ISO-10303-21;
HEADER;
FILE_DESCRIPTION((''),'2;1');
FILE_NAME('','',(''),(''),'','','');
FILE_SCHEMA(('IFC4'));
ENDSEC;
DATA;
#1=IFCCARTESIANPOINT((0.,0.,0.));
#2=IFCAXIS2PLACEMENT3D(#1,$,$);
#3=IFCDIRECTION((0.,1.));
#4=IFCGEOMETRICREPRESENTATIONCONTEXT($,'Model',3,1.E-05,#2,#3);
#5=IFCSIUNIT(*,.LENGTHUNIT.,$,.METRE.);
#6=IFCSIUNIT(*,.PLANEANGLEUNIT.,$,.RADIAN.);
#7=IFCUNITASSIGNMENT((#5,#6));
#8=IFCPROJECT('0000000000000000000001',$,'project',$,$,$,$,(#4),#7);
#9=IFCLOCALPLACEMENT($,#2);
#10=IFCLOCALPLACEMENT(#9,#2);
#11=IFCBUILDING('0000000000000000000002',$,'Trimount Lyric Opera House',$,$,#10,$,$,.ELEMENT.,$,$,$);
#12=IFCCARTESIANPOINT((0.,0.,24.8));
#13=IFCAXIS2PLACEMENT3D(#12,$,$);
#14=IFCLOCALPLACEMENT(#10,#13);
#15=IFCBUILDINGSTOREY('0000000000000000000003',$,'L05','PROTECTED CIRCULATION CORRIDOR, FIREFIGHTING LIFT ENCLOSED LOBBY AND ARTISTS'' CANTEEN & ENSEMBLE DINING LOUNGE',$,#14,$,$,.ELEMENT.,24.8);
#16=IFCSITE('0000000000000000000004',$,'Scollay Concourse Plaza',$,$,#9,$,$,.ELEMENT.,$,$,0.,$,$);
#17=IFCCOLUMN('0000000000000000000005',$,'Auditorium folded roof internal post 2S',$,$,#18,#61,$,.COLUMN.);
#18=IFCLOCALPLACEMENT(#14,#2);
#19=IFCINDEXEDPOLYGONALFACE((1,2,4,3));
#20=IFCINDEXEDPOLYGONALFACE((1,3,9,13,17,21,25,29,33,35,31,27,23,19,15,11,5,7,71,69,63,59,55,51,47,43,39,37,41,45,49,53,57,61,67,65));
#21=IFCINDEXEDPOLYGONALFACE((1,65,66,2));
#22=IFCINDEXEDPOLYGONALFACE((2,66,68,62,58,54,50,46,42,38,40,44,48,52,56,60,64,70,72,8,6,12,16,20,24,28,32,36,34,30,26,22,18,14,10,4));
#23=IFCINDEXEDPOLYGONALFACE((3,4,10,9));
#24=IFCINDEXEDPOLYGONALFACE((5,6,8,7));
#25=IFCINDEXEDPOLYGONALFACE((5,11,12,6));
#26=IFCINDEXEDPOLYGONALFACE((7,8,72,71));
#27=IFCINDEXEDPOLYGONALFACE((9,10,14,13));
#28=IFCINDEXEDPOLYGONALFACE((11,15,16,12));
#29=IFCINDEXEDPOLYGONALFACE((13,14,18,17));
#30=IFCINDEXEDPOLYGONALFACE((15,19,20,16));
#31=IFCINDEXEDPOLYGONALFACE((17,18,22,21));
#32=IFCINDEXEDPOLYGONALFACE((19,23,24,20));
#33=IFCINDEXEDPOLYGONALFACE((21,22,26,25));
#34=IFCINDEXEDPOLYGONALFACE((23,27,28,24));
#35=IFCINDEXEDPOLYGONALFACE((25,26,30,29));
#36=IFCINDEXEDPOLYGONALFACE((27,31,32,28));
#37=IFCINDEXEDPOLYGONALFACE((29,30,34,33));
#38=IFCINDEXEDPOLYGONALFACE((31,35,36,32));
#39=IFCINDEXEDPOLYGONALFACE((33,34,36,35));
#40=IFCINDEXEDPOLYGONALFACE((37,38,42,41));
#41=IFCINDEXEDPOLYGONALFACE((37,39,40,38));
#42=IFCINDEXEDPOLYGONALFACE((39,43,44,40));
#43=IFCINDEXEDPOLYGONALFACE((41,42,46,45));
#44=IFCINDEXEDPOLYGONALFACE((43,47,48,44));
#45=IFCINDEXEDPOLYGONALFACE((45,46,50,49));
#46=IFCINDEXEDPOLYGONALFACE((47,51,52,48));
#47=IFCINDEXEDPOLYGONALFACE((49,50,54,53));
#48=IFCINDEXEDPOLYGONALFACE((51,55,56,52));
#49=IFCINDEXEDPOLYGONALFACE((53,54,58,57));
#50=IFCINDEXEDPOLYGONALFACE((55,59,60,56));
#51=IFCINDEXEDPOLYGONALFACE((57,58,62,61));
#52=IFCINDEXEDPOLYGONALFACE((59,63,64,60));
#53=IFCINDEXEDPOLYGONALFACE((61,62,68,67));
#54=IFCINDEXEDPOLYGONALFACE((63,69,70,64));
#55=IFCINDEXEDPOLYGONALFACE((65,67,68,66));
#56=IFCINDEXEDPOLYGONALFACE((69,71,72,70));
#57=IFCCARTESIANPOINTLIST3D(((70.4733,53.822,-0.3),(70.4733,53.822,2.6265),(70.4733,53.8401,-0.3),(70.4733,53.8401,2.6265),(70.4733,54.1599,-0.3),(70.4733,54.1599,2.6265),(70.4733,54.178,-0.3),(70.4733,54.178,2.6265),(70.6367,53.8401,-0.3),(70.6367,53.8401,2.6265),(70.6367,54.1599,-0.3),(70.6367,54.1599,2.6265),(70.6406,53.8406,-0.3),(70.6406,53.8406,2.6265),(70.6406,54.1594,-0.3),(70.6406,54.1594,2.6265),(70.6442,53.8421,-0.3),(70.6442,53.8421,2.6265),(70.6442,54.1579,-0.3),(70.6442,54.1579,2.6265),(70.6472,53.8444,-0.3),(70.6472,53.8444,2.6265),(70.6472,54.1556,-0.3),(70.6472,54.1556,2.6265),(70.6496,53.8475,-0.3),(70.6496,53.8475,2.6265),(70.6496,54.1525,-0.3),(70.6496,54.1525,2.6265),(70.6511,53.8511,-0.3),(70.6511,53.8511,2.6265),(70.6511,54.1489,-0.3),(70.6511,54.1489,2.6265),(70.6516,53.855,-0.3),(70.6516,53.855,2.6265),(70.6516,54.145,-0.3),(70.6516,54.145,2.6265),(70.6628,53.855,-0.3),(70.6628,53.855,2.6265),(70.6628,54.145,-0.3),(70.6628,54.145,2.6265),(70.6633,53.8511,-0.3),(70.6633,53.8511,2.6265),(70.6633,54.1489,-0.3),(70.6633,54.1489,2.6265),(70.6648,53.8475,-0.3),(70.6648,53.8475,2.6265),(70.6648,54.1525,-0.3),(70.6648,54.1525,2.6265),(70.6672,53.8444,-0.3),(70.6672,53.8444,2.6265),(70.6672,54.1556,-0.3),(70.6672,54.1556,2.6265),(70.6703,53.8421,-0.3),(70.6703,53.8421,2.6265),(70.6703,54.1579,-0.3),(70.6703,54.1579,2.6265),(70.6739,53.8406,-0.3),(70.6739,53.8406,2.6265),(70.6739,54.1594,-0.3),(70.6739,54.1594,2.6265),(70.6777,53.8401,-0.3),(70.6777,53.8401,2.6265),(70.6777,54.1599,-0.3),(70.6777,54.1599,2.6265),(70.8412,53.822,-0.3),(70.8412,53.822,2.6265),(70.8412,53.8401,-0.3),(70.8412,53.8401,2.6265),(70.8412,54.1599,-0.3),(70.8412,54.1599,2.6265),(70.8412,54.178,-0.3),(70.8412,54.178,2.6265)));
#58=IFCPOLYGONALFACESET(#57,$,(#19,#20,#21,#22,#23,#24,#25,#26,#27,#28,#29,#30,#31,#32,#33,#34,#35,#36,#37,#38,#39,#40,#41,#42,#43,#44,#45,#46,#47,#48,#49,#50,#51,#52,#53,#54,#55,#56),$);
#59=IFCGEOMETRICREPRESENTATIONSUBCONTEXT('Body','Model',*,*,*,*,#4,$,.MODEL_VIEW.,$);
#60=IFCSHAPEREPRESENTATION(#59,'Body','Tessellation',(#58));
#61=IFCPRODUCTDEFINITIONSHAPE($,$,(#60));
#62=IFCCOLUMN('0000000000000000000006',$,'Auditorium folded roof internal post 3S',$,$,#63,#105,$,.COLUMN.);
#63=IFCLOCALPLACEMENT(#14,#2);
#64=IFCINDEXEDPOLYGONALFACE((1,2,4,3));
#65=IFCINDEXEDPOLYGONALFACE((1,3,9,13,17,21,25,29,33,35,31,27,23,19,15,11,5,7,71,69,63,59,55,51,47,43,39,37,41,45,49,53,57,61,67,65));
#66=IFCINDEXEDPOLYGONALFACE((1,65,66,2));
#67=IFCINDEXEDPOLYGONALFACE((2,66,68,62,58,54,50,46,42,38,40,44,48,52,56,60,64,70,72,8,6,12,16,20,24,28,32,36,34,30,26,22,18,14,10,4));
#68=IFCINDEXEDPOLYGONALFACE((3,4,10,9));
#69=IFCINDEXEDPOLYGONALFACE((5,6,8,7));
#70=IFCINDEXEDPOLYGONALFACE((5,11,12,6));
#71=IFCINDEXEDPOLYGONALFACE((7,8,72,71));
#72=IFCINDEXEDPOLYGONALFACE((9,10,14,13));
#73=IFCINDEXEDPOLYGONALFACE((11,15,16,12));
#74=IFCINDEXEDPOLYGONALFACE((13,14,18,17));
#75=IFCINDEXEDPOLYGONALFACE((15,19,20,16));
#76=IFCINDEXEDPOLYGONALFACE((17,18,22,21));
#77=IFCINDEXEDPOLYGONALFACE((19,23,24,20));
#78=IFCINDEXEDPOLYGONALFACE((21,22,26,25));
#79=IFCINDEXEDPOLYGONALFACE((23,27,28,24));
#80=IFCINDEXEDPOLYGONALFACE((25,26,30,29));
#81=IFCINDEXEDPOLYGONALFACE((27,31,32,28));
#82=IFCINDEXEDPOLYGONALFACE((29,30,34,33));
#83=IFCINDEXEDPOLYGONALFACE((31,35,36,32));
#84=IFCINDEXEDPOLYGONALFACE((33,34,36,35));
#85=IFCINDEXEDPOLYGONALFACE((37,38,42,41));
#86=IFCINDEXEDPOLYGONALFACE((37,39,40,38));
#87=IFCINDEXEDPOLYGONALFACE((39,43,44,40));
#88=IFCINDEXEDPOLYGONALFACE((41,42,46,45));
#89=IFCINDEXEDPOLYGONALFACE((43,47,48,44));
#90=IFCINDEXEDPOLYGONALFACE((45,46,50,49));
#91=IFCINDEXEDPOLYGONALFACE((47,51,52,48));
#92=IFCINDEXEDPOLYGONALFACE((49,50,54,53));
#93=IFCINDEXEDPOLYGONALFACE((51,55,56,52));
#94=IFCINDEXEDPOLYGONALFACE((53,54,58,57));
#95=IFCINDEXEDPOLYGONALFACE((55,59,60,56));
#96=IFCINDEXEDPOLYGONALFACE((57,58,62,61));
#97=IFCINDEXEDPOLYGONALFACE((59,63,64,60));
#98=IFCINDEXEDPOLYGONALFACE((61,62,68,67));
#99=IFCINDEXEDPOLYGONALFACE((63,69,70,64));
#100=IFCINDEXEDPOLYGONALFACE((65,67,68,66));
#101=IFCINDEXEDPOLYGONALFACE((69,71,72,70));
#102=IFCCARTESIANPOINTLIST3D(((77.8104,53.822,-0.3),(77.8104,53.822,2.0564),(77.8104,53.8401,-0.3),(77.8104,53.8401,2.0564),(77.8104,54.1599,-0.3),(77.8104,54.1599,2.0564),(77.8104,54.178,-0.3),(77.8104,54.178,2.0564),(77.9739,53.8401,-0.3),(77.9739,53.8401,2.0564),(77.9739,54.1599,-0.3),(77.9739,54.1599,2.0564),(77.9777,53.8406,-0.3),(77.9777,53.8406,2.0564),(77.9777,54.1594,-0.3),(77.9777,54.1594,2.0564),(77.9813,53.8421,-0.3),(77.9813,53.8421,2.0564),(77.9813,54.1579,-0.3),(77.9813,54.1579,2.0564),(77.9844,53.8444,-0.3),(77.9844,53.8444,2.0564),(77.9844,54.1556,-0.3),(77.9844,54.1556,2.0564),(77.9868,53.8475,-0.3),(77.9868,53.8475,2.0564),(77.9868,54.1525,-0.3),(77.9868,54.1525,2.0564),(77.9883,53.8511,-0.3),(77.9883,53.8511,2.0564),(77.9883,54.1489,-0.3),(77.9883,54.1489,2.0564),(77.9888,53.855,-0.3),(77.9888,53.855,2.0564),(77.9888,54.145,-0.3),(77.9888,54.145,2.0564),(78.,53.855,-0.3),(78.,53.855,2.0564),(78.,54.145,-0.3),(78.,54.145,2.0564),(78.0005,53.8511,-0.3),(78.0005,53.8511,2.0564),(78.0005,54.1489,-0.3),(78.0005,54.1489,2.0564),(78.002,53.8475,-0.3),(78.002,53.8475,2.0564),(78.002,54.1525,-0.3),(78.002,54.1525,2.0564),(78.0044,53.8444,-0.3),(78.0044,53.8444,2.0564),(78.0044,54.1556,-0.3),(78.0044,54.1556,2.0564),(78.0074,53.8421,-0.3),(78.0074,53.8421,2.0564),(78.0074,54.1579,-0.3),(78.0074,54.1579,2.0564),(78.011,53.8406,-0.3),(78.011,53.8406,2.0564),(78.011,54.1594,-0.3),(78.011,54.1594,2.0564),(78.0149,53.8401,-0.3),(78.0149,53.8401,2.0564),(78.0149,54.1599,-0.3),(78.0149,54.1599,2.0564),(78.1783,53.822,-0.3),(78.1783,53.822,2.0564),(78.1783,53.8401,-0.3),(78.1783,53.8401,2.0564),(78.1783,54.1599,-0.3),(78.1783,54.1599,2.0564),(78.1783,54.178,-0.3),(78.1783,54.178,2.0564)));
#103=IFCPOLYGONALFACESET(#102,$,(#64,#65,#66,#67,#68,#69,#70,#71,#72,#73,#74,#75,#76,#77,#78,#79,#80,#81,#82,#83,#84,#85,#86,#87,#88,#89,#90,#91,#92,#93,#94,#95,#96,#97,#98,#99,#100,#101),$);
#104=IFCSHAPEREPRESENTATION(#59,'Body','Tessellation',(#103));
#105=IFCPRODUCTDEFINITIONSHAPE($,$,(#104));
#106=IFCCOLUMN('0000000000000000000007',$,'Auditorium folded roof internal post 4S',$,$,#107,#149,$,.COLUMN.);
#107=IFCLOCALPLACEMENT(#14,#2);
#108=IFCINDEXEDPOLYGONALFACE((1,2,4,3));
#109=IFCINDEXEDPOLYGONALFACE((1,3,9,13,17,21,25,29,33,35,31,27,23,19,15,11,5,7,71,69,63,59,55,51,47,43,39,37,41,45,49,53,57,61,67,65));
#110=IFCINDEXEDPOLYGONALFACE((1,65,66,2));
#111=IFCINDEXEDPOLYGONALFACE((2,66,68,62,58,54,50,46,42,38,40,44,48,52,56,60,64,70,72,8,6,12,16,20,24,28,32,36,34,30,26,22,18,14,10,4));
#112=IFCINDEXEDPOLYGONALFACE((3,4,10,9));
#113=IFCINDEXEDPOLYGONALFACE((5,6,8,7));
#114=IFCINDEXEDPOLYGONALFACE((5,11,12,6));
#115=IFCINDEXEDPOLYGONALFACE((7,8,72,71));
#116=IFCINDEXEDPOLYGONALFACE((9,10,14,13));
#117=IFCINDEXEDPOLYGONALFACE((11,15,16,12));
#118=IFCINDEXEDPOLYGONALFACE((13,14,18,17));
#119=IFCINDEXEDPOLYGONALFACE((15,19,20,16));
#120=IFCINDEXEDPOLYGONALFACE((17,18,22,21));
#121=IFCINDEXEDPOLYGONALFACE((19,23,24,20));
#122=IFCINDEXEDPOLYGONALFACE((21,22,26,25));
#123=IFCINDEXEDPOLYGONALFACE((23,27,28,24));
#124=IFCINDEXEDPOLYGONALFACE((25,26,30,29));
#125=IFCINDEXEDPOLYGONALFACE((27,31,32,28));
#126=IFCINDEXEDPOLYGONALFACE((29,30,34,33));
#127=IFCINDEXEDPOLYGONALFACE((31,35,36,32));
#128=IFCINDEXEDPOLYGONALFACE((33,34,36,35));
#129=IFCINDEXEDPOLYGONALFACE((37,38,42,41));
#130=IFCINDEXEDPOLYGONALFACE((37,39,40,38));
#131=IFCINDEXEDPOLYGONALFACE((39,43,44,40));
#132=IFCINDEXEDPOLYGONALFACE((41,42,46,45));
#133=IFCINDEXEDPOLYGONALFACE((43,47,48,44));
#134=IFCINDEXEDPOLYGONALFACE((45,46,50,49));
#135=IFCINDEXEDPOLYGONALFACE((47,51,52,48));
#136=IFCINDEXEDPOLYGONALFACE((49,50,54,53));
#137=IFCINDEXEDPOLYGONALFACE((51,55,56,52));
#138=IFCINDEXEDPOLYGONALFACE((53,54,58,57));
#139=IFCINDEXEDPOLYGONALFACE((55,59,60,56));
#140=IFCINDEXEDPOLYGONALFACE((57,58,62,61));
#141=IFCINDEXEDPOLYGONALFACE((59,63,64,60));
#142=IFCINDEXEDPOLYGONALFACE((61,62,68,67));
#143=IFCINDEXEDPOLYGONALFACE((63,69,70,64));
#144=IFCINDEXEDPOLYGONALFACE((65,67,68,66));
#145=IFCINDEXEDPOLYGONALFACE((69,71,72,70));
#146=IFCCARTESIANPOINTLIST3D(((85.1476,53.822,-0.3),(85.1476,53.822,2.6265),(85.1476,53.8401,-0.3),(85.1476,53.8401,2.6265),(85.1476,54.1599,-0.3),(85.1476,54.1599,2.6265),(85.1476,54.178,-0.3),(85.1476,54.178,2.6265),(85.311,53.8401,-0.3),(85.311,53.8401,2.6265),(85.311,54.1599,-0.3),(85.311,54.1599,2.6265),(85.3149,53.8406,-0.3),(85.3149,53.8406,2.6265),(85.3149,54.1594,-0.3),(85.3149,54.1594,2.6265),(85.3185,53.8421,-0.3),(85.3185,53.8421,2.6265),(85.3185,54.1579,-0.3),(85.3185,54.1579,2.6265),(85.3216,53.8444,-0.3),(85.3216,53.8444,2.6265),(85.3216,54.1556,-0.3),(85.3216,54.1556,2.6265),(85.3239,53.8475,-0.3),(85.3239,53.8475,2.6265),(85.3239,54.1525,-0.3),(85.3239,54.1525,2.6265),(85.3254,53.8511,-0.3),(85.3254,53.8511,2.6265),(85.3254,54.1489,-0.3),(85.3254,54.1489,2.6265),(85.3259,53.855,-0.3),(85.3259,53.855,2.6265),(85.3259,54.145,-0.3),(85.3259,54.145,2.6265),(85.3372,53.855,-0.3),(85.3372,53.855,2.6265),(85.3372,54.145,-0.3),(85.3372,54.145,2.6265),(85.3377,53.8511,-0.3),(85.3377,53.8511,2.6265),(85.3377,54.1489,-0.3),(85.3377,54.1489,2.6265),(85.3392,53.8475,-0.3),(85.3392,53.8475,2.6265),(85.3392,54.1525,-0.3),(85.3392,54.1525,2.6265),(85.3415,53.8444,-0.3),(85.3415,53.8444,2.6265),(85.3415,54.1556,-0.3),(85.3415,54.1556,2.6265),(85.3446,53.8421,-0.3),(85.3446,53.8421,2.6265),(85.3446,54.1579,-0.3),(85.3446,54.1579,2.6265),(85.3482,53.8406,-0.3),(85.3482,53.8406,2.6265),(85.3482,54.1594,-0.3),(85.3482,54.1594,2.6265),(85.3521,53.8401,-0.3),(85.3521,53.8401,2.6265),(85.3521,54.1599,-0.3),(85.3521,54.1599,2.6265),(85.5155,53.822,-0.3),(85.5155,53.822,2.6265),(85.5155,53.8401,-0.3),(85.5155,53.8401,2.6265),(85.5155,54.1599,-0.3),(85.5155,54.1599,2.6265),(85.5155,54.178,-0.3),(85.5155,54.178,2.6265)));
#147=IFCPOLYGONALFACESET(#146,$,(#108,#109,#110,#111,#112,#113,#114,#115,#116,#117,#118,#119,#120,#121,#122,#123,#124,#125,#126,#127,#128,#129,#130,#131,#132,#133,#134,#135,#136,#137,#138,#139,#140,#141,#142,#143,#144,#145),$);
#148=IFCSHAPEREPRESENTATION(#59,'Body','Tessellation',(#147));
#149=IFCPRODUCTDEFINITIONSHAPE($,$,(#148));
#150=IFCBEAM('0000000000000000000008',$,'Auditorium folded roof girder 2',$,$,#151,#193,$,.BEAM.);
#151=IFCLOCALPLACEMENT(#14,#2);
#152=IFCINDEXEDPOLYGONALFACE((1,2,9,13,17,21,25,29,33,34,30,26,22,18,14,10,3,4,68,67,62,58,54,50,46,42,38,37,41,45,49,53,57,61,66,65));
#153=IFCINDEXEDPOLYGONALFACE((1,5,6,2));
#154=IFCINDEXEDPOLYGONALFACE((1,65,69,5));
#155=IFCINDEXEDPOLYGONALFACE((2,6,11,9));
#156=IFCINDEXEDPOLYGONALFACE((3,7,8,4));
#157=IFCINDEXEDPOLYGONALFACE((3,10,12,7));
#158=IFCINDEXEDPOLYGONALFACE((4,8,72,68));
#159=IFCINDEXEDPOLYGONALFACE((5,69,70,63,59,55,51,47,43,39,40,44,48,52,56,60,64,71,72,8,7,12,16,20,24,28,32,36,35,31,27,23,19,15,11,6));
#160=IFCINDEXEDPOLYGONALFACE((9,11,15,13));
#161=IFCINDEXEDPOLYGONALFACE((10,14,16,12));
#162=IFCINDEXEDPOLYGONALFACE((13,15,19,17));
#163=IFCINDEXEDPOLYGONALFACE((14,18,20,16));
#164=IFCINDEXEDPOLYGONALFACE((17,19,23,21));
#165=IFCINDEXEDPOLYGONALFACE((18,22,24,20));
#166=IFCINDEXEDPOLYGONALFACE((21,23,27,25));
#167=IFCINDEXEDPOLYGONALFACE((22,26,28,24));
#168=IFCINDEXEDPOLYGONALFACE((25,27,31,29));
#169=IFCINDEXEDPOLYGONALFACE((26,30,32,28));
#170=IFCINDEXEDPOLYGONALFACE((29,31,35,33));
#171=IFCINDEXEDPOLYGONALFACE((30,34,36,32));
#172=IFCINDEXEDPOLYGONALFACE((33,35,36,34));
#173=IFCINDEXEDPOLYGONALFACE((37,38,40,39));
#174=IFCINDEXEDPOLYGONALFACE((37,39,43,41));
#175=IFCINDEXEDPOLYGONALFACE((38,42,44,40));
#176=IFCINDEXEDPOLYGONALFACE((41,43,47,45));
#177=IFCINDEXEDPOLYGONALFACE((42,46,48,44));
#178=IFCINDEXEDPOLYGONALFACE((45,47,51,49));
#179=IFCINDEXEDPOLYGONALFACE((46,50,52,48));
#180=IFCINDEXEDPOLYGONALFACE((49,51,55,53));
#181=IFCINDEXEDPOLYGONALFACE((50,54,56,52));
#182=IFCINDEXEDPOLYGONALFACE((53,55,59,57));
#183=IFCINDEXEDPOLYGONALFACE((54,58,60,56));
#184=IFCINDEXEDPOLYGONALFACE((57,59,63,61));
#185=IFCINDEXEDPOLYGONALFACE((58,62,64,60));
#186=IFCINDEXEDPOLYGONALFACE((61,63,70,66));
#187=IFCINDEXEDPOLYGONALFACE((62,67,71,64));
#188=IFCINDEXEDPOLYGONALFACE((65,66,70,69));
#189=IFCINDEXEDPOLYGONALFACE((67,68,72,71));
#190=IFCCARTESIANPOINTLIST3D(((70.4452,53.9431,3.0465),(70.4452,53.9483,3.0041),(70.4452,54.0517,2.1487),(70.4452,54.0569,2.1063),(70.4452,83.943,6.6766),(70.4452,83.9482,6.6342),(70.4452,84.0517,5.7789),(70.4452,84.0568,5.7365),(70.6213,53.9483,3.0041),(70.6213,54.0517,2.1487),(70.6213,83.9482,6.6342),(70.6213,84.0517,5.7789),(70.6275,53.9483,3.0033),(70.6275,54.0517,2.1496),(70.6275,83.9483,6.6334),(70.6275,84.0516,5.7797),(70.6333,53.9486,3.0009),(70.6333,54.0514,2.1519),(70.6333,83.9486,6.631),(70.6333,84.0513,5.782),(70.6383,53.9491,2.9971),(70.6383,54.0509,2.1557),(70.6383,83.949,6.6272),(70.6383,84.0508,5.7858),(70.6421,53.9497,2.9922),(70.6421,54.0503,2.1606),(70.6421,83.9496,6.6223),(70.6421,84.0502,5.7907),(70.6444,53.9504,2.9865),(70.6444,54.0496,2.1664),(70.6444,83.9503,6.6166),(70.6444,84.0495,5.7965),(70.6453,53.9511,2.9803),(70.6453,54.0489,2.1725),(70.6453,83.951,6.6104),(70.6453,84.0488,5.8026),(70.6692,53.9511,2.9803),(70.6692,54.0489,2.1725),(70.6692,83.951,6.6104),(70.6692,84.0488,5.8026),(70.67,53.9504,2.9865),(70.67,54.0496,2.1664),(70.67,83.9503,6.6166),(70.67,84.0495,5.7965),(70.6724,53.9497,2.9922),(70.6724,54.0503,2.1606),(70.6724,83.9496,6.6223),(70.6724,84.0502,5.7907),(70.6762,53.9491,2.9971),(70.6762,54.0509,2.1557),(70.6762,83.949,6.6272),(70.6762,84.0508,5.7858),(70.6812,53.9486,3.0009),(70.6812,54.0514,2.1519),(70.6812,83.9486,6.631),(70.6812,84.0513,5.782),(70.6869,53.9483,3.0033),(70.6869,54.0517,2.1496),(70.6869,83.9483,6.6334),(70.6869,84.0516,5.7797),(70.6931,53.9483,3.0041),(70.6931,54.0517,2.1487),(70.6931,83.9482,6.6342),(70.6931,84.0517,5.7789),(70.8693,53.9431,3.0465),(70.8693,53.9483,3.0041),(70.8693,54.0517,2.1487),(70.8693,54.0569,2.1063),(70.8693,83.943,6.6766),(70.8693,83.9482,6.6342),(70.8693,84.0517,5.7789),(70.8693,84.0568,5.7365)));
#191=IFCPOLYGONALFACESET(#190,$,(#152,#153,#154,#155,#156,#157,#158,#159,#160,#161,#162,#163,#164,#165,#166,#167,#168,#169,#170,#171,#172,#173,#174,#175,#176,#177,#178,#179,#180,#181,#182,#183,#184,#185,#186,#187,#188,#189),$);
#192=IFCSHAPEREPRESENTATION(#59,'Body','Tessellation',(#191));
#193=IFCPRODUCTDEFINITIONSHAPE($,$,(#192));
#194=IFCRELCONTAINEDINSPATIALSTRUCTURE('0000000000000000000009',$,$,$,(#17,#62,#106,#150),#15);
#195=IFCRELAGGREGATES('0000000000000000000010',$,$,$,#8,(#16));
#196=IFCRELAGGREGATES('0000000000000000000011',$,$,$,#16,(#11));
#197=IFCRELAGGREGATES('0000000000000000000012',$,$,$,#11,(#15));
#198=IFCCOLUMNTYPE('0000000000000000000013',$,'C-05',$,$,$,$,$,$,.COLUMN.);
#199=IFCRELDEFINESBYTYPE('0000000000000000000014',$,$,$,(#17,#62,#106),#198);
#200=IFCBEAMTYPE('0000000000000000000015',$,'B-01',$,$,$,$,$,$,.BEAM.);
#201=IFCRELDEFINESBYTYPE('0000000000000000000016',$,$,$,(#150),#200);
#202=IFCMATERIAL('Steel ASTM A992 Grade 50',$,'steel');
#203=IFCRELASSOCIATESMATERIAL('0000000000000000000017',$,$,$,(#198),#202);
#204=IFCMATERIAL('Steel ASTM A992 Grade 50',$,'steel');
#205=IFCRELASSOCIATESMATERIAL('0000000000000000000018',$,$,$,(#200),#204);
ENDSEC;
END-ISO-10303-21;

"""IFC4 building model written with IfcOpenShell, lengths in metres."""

from ifc_helpers import new_model, si_unit, direction, frame, origin, origin_2d, place, context, subcontext, project, spatial, i_section, extrude, material, material_profile, profile_set, type_object, element, save


model = new_model("IFC4")

# Units and contexts
model_context = context("Model", 3, precision=1e-05, world=origin(), true_north=direction((0.0, 1.0)))
body_context = subcontext(model_context, "Body", "Model", "MODEL_VIEW")
ifc_project = project(units=[si_unit("LENGTHUNIT", "METRE"), si_unit("PLANEANGLEUNIT", "RADIAN")], contexts=[model_context])

# Site, building, storey
site_placement = place(None, origin())
site = spatial("IfcSite", under=ifc_project, at=site_placement, Name="Scollay Concourse Plaza", CompositionType="ELEMENT", RefElevation=0.0)
building_placement = place(site_placement, origin())
building = spatial("IfcBuilding", under=site, at=building_placement, Name="Trimount Lyric Opera House", CompositionType="ELEMENT")
storey_placement = place(building_placement, frame((0.0, 0.0, 24.8)))
storey = spatial("IfcBuildingStorey", under=building, at=storey_placement, Name="L05", Description="PROTECTED CIRCULATION CORRIDOR, FIREFIGHTING LIFT ENCLOSED LOBBY AND ARTISTS' CANTEEN & ENSEMBLE DINING LOUNGE", CompositionType="ELEMENT", Elevation=24.8)

# Columns
ifc_material_1 = material(Name="Steel ASTM A992 Grade 50", Category="steel")
ifc_material_profile_1 = material_profile(ifc_material_1, i_section(OverallWidth=0.3679, OverallDepth=0.356, WebThickness=0.0112, FlangeThickness=0.0181, FilletRadius=0.0149, at=origin_2d()), Name="W14X90")
ifc_profile_set_1 = profile_set([ifc_material_profile_1], Name="Steel ASTM A992 Grade 50")
column_type = type_object("IfcColumnType", Name="C-05", PredefinedType="COLUMN", material=ifc_profile_set_1)
column_1_placement = place(storey_placement, frame((70.6572, 54.0, -0.3), z_axis=(0.0, 0.0, 1.0), x_axis=(1.0, 0.0, 0.0)))
element("IfcColumn", 1, at=column_1_placement, inside=storey, type_object=column_type, Name="Auditorium folded roof internal post 2S", PredefinedType="COLUMN", context=body_context, shape_type="SweptSolid", body=[
    extrude(i_section(OverallWidth=0.3679, OverallDepth=0.356, WebThickness=0.0112, FlangeThickness=0.0181, FilletRadius=0.0149, at=origin_2d()), origin(), (0.0, 0.0, 1.0), 2.9265),
])
column_2_placement = place(storey_placement, frame((77.9944, 54.0, -0.3), z_axis=(0.0, 0.0, 1.0), x_axis=(1.0, 0.0, 0.0)))
element("IfcColumn", 2, at=column_2_placement, inside=storey, type_object=column_type, Name="Auditorium folded roof internal post 3S", PredefinedType="COLUMN", context=body_context, shape_type="SweptSolid", body=[
    extrude(i_section(OverallWidth=0.3679, OverallDepth=0.356, WebThickness=0.0112, FlangeThickness=0.0181, FilletRadius=0.0149, at=origin_2d()), origin(), (0.0, 0.0, 1.0), 2.3564),
])
column_3_placement = place(storey_placement, frame((85.3315, 54.0, -0.3), z_axis=(0.0, 0.0, 1.0), x_axis=(1.0, 0.0, 0.0)))
element("IfcColumn", 3, at=column_3_placement, inside=storey, type_object=column_type, Name="Auditorium folded roof internal post 4S", PredefinedType="COLUMN", context=body_context, shape_type="SweptSolid", body=[
    extrude(i_section(OverallWidth=0.3679, OverallDepth=0.356, WebThickness=0.0112, FlangeThickness=0.0181, FilletRadius=0.0149, at=origin_2d()), origin(), (0.0, 0.0, 1.0), 2.9265),
])

# Beam
ifc_material_2 = material(Name="Steel ASTM A992 Grade 50", Category="steel")
ifc_material_profile_2 = material_profile(ifc_material_2, i_section(OverallWidth=0.4241, OverallDepth=0.947, WebThickness=0.0239, FlangeThickness=0.0427, FilletRadius=0.0239, at=origin_2d()), Name="W36X302")
ifc_profile_set_2 = profile_set([ifc_material_profile_2], Name="Steel ASTM A992 Grade 50")
beam_type_1 = type_object("IfcBeamType", Name="B-01", PredefinedType="BEAM", material=ifc_profile_set_2)
for number, where, z_axis, x_axis, name in (
    (4, (70.6572, 54.0, 2.5764), (0.0, 0.992758, 0.120128), (-1.0, 0.0, 0.0), "Auditorium folded roof girder 2"),
):
    element("IfcBeam", number, at=place(storey_placement, frame(where, z_axis=z_axis, x_axis=x_axis)), inside=storey, type_object=beam_type_1, Name=name, PredefinedType="BEAM", context=body_context, shape_type="SweptSolid", body=[
        extrude(i_section(OverallWidth=0.4241, OverallDepth=0.947, WebThickness=0.0239, FlangeThickness=0.0427, FilletRadius=0.0239, at=origin_2d()), origin(), (0.0, 0.0, 1.0), 30.2188),
    ])

save(model, "model.ifc")
